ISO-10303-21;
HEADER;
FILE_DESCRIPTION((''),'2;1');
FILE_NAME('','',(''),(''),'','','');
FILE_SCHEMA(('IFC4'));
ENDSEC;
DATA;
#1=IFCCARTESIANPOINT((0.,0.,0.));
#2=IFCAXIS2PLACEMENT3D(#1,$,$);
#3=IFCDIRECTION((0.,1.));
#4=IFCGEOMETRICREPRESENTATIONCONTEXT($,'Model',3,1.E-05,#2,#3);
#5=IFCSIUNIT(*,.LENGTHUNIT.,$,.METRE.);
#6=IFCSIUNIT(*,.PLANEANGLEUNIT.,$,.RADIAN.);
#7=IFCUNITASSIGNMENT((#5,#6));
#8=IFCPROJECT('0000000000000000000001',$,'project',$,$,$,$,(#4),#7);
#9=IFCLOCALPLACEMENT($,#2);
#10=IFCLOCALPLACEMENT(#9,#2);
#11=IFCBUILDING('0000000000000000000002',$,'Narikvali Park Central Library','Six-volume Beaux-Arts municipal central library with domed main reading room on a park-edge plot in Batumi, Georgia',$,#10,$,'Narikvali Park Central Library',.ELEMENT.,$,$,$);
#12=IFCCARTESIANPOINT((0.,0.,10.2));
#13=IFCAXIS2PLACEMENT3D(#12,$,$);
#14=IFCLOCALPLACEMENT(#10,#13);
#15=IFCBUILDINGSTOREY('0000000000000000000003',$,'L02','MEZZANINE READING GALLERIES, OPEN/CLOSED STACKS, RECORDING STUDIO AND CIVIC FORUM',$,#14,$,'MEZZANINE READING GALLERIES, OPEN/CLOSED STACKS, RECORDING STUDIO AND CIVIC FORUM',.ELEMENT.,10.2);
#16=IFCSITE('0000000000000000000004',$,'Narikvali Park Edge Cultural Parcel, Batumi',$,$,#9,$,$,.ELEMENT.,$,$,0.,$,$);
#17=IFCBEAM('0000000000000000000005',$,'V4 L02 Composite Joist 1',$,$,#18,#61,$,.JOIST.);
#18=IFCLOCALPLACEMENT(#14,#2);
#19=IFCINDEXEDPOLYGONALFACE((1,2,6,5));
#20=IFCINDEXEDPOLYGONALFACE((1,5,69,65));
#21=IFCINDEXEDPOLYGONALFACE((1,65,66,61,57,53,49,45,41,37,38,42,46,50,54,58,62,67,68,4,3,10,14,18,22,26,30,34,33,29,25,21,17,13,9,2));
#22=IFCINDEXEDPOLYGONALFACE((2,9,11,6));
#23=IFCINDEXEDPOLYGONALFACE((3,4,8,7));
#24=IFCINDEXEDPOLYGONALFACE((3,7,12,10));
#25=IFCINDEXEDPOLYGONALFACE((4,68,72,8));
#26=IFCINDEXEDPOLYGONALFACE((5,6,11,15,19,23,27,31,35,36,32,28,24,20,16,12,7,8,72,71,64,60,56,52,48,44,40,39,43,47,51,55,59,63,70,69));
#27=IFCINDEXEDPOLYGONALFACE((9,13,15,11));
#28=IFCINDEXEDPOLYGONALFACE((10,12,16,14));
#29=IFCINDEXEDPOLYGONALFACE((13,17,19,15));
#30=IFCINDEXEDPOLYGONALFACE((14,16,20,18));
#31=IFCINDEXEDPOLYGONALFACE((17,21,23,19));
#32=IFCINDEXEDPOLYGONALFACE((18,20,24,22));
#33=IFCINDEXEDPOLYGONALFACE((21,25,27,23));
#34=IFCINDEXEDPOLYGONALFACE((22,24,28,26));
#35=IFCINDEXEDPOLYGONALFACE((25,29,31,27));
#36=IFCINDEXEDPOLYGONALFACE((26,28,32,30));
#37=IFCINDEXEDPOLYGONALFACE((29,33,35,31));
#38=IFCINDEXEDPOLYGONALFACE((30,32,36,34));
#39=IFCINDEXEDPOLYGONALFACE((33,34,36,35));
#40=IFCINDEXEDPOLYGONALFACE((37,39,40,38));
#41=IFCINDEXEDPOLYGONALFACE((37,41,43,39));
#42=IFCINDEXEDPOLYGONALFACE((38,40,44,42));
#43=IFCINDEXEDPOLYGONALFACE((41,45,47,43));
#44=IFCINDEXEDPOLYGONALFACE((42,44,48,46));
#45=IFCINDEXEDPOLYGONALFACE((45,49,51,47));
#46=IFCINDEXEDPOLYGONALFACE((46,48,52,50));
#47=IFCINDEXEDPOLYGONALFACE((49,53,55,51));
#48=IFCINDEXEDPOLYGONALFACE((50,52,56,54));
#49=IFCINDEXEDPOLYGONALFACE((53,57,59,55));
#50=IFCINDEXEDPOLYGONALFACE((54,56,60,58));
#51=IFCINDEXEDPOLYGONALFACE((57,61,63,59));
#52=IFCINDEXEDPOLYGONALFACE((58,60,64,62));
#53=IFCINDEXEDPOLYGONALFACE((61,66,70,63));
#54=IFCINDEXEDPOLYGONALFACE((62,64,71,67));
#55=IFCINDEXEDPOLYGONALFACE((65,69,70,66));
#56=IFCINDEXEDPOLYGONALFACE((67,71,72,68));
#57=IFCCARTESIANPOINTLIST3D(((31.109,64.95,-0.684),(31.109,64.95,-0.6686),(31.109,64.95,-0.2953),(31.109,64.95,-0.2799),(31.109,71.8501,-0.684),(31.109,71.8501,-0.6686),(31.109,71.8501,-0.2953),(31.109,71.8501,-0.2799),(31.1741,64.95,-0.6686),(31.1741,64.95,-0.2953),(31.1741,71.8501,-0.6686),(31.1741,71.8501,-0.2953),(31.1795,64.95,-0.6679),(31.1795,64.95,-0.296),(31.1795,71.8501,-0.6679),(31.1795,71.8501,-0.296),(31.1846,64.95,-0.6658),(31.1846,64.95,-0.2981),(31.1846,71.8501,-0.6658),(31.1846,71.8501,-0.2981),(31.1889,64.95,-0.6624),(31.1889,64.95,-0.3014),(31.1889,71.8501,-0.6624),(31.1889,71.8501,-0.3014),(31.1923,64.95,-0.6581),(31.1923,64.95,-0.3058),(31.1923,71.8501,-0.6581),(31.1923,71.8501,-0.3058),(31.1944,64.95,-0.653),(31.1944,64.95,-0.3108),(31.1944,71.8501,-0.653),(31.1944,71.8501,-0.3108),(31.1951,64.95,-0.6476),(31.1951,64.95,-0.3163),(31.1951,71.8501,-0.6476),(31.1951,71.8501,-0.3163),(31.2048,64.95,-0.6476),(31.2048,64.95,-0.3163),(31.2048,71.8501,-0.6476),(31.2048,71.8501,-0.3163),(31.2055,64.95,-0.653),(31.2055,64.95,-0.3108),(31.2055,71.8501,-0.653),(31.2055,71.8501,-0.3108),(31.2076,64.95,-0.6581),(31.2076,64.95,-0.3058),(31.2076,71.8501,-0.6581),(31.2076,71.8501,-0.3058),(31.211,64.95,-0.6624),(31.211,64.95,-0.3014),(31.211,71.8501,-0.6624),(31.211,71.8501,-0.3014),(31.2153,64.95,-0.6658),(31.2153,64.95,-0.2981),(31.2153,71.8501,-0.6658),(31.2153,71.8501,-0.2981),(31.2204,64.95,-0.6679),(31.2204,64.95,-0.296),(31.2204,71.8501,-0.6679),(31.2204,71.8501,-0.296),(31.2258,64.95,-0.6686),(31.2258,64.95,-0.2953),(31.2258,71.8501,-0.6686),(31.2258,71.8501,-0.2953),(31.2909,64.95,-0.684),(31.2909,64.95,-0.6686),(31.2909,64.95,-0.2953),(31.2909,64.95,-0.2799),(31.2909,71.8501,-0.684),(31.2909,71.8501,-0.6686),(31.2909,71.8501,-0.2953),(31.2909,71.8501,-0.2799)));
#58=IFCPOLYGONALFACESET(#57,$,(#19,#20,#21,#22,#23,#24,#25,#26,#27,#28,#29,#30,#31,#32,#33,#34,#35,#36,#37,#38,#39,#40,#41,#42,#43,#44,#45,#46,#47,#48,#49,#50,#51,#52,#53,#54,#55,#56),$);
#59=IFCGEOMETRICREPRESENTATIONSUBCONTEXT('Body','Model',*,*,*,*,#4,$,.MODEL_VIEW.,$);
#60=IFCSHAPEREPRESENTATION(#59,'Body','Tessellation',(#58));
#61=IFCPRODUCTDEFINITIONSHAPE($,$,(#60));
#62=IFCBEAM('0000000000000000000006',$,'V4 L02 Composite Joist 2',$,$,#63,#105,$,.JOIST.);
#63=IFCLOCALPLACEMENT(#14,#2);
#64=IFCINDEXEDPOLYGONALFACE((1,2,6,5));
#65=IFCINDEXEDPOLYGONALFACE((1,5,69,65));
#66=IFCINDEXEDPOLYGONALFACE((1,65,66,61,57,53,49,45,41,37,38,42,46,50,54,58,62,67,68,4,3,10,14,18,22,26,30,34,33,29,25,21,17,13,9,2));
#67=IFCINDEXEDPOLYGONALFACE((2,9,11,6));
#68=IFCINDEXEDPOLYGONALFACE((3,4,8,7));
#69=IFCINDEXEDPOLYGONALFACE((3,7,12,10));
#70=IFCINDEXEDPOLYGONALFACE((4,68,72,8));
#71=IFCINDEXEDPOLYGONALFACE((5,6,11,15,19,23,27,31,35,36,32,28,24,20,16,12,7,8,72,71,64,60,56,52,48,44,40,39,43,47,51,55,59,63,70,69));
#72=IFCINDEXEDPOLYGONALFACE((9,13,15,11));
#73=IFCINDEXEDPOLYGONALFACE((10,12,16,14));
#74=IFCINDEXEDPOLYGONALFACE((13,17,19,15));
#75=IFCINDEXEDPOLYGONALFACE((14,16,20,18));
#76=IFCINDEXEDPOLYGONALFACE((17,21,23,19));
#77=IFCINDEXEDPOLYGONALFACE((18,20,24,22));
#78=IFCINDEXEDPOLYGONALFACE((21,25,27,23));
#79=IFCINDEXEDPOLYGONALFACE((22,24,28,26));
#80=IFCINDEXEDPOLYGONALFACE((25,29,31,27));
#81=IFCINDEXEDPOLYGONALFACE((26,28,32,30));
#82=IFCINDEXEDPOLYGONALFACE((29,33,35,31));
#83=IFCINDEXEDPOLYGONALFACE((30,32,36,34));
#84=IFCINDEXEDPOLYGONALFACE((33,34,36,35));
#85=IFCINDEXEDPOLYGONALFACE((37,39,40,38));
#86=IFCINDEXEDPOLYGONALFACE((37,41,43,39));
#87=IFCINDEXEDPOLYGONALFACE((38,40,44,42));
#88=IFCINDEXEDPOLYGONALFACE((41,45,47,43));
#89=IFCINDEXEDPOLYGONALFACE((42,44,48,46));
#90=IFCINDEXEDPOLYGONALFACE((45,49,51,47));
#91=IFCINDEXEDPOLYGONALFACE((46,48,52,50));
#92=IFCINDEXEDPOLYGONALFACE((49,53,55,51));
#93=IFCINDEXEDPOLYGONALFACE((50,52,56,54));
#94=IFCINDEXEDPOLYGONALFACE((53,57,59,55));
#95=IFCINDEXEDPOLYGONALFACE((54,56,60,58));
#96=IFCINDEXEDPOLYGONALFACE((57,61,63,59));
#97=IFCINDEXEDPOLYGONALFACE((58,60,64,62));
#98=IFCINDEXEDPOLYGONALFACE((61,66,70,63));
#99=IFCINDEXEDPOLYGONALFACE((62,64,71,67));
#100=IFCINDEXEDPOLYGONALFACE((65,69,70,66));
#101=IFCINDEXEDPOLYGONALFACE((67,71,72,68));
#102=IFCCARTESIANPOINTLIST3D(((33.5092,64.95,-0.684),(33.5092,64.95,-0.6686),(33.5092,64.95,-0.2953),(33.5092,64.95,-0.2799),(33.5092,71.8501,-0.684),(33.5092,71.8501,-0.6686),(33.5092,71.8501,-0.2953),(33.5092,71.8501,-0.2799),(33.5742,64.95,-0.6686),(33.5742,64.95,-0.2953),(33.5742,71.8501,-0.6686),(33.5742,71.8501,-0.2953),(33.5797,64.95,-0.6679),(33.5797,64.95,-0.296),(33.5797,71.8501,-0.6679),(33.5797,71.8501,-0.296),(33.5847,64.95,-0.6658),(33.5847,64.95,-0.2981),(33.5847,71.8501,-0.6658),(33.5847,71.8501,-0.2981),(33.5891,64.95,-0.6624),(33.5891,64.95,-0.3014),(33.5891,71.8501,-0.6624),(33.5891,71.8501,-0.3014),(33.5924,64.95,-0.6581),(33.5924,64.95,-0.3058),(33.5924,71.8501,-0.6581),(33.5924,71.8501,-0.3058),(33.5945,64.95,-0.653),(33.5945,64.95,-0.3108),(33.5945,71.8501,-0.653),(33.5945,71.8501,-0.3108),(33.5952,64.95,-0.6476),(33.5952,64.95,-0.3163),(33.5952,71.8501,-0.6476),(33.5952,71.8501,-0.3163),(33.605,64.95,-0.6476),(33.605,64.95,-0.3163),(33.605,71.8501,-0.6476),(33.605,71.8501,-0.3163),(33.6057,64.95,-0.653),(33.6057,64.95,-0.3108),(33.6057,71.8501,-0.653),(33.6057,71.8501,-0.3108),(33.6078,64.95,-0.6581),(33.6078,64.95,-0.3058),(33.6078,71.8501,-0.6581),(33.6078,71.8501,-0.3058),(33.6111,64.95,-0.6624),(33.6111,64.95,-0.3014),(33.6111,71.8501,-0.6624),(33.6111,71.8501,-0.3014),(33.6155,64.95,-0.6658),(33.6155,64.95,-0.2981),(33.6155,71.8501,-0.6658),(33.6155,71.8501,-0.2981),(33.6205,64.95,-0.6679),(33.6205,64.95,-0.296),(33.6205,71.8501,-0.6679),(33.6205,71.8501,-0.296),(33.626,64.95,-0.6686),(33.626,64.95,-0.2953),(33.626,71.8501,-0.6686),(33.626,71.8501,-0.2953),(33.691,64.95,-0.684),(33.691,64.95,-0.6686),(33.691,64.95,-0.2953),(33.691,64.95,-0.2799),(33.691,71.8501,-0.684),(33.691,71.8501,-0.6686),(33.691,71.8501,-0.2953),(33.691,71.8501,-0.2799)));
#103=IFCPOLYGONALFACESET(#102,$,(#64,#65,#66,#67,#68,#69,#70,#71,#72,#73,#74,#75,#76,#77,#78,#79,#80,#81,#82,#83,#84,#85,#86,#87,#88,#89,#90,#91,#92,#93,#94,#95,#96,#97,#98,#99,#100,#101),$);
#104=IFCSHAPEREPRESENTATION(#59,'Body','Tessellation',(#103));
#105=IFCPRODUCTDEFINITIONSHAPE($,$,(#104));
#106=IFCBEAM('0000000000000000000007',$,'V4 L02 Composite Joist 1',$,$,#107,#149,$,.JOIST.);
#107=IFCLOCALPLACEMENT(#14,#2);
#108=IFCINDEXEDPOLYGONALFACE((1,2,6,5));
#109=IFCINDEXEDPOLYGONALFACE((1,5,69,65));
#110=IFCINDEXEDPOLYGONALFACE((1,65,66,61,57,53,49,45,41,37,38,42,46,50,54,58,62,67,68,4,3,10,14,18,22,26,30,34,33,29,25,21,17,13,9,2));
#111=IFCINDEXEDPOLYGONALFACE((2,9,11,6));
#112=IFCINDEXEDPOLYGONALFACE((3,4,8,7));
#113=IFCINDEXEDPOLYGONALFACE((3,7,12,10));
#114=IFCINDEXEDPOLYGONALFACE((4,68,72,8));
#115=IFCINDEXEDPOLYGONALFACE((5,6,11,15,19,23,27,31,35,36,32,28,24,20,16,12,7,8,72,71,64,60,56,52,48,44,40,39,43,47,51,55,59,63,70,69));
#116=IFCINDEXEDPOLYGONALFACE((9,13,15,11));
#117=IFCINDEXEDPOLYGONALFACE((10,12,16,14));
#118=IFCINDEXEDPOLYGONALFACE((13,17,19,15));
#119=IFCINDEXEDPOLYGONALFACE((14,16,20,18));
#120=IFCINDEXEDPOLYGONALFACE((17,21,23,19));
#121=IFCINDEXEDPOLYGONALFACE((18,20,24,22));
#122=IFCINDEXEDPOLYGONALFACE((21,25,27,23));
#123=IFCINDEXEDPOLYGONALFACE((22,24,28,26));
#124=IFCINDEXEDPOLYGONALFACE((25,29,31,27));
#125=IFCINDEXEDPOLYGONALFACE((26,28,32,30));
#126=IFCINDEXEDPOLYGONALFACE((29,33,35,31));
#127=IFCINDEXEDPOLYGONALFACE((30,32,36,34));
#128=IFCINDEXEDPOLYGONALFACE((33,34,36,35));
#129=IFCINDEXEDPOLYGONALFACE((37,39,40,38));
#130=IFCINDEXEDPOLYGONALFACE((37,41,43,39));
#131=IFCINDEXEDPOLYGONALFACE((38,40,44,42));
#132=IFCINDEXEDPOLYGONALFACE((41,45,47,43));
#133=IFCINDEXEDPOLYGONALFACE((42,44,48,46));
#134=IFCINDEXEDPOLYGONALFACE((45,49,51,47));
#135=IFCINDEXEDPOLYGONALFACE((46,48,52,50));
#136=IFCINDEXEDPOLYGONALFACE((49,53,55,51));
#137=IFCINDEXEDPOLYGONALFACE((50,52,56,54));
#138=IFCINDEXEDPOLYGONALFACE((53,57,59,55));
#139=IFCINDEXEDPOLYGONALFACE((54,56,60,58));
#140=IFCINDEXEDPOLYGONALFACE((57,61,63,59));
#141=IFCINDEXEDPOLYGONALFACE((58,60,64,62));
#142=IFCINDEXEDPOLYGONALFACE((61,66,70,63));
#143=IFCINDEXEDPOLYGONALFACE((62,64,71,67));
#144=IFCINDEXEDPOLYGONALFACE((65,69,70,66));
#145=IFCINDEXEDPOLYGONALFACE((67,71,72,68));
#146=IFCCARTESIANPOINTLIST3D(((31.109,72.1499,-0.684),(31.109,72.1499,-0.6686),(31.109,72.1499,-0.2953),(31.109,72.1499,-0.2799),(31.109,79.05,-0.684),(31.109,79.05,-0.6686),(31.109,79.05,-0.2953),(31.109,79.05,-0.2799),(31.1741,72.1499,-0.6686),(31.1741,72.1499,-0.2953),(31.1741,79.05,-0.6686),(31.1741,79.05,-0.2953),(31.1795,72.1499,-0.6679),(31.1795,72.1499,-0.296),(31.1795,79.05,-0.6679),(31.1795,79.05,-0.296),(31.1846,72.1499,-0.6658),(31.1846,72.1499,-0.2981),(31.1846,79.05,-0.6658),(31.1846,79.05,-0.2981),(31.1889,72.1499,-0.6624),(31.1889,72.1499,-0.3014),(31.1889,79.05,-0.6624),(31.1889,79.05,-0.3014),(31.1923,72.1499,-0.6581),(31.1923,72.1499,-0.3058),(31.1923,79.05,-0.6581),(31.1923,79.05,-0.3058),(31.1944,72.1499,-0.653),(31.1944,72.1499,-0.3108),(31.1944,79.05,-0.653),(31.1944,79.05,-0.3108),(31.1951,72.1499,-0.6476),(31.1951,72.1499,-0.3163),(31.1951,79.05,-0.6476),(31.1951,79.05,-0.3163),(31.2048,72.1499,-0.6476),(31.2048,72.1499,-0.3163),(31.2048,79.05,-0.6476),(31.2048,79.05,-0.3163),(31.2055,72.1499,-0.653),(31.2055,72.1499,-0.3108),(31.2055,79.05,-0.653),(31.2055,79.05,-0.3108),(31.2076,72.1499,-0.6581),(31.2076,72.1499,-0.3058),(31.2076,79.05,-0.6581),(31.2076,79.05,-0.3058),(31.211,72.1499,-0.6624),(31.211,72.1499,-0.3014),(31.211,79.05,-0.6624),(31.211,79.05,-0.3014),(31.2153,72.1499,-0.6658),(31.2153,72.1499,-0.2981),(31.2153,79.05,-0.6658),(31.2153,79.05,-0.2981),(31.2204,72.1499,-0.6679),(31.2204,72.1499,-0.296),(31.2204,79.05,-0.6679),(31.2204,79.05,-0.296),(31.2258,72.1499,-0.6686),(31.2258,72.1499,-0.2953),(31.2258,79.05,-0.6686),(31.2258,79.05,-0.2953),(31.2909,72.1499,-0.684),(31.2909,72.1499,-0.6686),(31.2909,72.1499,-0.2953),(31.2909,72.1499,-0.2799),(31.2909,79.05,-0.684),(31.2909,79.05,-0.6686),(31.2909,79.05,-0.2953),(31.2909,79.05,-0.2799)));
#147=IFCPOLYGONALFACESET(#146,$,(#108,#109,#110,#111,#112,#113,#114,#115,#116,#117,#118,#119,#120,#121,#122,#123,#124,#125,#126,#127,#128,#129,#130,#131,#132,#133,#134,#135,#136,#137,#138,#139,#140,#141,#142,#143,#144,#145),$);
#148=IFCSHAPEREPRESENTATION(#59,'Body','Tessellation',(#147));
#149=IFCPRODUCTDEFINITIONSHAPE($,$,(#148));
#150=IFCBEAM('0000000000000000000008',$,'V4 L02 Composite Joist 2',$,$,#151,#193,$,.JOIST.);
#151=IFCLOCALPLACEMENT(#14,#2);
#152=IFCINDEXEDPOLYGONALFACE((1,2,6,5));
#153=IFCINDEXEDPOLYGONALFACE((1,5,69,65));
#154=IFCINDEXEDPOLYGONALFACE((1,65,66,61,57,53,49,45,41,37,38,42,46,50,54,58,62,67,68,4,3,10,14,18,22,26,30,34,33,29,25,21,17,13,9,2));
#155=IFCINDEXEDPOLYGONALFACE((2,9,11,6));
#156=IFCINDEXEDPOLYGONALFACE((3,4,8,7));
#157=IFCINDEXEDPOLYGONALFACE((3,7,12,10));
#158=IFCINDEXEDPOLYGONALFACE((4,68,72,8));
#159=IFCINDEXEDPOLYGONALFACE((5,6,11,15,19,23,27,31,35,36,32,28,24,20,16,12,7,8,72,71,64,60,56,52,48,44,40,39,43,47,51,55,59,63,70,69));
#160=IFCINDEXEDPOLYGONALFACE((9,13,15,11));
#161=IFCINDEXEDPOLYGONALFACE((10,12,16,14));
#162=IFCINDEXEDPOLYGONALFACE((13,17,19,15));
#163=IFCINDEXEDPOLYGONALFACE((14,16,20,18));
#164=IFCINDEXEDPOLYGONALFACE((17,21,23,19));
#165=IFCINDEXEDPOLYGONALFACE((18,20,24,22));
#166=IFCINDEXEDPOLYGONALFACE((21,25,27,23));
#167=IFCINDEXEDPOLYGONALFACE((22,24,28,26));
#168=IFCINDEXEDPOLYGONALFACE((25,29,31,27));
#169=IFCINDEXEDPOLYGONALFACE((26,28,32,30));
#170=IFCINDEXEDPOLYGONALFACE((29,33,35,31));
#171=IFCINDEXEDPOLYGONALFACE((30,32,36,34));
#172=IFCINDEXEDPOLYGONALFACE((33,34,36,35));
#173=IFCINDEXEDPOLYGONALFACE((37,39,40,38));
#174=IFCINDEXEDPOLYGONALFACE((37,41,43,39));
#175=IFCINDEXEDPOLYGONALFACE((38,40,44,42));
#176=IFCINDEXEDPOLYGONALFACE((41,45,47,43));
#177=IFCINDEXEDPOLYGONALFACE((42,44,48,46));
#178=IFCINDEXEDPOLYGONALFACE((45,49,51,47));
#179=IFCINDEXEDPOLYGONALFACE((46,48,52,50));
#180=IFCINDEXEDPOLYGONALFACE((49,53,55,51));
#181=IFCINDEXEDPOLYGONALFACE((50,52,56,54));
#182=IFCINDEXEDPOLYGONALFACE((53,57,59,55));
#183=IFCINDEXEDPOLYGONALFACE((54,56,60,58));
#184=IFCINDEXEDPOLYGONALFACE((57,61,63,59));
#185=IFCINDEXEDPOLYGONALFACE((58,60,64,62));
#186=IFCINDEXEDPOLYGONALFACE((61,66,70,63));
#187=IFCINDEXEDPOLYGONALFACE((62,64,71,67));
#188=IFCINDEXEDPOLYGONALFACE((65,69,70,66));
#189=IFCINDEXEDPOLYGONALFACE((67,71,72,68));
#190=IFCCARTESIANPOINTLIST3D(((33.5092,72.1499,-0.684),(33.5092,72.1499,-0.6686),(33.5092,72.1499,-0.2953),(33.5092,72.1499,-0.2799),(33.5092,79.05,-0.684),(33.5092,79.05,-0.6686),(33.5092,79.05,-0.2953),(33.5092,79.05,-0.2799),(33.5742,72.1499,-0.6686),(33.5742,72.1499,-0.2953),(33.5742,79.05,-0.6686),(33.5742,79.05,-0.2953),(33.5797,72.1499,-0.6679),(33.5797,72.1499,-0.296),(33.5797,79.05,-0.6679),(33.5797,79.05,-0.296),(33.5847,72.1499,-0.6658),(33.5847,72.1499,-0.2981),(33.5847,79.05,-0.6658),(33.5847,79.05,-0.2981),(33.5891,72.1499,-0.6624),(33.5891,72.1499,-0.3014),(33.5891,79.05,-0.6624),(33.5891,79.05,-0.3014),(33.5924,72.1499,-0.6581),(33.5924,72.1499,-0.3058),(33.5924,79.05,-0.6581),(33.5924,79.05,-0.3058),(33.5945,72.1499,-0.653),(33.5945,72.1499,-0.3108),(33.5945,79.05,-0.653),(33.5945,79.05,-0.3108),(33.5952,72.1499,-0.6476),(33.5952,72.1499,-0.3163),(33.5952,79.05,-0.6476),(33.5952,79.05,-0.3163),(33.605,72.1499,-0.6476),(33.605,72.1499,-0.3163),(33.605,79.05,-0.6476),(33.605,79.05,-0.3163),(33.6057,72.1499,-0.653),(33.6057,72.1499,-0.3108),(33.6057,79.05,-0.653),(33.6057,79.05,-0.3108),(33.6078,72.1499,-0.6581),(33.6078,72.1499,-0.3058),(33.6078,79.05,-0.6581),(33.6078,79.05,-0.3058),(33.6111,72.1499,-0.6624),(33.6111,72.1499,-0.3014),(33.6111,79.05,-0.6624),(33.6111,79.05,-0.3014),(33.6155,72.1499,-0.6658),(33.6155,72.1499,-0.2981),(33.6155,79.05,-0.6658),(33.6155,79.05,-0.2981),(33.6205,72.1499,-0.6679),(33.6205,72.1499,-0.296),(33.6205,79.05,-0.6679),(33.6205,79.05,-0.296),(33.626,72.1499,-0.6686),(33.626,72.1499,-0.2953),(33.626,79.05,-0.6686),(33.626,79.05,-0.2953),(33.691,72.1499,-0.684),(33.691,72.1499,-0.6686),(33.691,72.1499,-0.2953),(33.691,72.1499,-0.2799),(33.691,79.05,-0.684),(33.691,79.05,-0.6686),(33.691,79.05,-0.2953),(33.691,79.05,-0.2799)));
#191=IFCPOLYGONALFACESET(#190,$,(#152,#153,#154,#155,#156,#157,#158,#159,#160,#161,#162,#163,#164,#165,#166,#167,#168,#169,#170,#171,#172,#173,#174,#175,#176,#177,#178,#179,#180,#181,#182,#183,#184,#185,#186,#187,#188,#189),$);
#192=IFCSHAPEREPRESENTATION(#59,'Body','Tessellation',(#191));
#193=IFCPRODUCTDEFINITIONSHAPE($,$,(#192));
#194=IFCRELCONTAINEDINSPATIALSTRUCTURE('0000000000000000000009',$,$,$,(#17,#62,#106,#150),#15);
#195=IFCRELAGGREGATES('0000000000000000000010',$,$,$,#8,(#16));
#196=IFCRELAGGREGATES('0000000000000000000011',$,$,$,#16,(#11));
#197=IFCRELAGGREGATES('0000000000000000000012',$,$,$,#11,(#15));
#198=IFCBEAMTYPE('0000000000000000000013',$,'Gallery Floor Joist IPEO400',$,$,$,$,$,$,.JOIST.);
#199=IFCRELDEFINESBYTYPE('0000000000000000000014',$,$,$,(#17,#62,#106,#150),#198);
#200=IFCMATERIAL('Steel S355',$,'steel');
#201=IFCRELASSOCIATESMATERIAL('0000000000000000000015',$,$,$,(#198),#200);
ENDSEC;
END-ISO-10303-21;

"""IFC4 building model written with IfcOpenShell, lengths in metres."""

from ifc_helpers import new_model, si_unit, direction, frame, origin, origin_2d, place, context, subcontext, project, spatial, i_section, extrude, material, material_profile, profile_set, type_object, element, save


model = new_model("IFC4")

# Units and contexts
model_context = context("Model", 3, precision=1e-05, world=origin(), true_north=direction((0.0, 1.0)))
body_context = subcontext(model_context, "Body", "Model", "MODEL_VIEW")
ifc_project = project(units=[si_unit("LENGTHUNIT", "METRE"), si_unit("PLANEANGLEUNIT", "RADIAN")], contexts=[model_context])

# Site, building, storey
site_placement = place(None, origin())
site = spatial("IfcSite", under=ifc_project, at=site_placement, Name="Narikvali Park Edge Cultural Parcel, Batumi", CompositionType="ELEMENT", RefElevation=0.0)
building_placement = place(site_placement, origin())
building = spatial("IfcBuilding", under=site, at=building_placement, Name="Narikvali Park Central Library", Description="Six-volume Beaux-Arts municipal central library with domed main reading room on a park-edge plot in Batumi, Georgia", LongName="Narikvali Park Central Library", CompositionType="ELEMENT")
storey_placement = place(building_placement, frame((0.0, 0.0, 10.2)))
storey = spatial("IfcBuildingStorey", under=building, at=storey_placement, Name="L02", Description="MEZZANINE READING GALLERIES, OPEN/CLOSED STACKS, RECORDING STUDIO AND CIVIC FORUM", LongName="MEZZANINE READING GALLERIES, OPEN/CLOSED STACKS, RECORDING STUDIO AND CIVIC FORUM", CompositionType="ELEMENT", Elevation=10.2)

# Shared definitions
ifc_material_1 = material(Name="Steel S355", Category="steel")

# Beams
ifc_material_profile_1 = material_profile(ifc_material_1, i_section(OverallWidth=0.1819, OverallDepth=0.4041, WebThickness=0.0098, FlangeThickness=0.0154, FilletRadius=0.021, at=origin_2d()), Name="IPEO 400")
ifc_profile_set_1 = profile_set([ifc_material_profile_1], Name="Steel S355")
beam_type_1 = type_object("IfcBeamType", Name="Gallery Floor Joist IPEO400", PredefinedType="JOIST", material=ifc_profile_set_1)
for number, where, z_axis, x_axis, name in (
    (1, (31.2, 64.95, -0.4819), (0.0, 1.0, 0.0), (-1.0, 0.0, 0.0), "V4 L02 Composite Joist 1"),
    (2, (33.6001, 64.95, -0.4819), (0.0, 1.0, 0.0), (-1.0, 0.0, 0.0), "V4 L02 Composite Joist 2"),
    (3, (31.2, 72.1499, -0.4819), (0.0, 1.0, 0.0), (-1.0, 0.0, 0.0), "V4 L02 Composite Joist 1"),
    (4, (33.6001, 72.1499, -0.4819), (0.0, 1.0, 0.0), (-1.0, 0.0, 0.0), "V4 L02 Composite Joist 2"),
):
    element("IfcBeam", number, at=place(storey_placement, frame(where, z_axis=z_axis, x_axis=x_axis)), inside=storey, type_object=beam_type_1, Name=name, PredefinedType="JOIST", context=body_context, shape_type="SweptSolid", body=[
        extrude(i_section(OverallWidth=0.1819, OverallDepth=0.4041, WebThickness=0.0098, FlangeThickness=0.0154, FilletRadius=0.021, at=origin_2d()), origin(), (0.0, 0.0, 1.0), 6.9001),
    ])

save(model, "model.ifc")
